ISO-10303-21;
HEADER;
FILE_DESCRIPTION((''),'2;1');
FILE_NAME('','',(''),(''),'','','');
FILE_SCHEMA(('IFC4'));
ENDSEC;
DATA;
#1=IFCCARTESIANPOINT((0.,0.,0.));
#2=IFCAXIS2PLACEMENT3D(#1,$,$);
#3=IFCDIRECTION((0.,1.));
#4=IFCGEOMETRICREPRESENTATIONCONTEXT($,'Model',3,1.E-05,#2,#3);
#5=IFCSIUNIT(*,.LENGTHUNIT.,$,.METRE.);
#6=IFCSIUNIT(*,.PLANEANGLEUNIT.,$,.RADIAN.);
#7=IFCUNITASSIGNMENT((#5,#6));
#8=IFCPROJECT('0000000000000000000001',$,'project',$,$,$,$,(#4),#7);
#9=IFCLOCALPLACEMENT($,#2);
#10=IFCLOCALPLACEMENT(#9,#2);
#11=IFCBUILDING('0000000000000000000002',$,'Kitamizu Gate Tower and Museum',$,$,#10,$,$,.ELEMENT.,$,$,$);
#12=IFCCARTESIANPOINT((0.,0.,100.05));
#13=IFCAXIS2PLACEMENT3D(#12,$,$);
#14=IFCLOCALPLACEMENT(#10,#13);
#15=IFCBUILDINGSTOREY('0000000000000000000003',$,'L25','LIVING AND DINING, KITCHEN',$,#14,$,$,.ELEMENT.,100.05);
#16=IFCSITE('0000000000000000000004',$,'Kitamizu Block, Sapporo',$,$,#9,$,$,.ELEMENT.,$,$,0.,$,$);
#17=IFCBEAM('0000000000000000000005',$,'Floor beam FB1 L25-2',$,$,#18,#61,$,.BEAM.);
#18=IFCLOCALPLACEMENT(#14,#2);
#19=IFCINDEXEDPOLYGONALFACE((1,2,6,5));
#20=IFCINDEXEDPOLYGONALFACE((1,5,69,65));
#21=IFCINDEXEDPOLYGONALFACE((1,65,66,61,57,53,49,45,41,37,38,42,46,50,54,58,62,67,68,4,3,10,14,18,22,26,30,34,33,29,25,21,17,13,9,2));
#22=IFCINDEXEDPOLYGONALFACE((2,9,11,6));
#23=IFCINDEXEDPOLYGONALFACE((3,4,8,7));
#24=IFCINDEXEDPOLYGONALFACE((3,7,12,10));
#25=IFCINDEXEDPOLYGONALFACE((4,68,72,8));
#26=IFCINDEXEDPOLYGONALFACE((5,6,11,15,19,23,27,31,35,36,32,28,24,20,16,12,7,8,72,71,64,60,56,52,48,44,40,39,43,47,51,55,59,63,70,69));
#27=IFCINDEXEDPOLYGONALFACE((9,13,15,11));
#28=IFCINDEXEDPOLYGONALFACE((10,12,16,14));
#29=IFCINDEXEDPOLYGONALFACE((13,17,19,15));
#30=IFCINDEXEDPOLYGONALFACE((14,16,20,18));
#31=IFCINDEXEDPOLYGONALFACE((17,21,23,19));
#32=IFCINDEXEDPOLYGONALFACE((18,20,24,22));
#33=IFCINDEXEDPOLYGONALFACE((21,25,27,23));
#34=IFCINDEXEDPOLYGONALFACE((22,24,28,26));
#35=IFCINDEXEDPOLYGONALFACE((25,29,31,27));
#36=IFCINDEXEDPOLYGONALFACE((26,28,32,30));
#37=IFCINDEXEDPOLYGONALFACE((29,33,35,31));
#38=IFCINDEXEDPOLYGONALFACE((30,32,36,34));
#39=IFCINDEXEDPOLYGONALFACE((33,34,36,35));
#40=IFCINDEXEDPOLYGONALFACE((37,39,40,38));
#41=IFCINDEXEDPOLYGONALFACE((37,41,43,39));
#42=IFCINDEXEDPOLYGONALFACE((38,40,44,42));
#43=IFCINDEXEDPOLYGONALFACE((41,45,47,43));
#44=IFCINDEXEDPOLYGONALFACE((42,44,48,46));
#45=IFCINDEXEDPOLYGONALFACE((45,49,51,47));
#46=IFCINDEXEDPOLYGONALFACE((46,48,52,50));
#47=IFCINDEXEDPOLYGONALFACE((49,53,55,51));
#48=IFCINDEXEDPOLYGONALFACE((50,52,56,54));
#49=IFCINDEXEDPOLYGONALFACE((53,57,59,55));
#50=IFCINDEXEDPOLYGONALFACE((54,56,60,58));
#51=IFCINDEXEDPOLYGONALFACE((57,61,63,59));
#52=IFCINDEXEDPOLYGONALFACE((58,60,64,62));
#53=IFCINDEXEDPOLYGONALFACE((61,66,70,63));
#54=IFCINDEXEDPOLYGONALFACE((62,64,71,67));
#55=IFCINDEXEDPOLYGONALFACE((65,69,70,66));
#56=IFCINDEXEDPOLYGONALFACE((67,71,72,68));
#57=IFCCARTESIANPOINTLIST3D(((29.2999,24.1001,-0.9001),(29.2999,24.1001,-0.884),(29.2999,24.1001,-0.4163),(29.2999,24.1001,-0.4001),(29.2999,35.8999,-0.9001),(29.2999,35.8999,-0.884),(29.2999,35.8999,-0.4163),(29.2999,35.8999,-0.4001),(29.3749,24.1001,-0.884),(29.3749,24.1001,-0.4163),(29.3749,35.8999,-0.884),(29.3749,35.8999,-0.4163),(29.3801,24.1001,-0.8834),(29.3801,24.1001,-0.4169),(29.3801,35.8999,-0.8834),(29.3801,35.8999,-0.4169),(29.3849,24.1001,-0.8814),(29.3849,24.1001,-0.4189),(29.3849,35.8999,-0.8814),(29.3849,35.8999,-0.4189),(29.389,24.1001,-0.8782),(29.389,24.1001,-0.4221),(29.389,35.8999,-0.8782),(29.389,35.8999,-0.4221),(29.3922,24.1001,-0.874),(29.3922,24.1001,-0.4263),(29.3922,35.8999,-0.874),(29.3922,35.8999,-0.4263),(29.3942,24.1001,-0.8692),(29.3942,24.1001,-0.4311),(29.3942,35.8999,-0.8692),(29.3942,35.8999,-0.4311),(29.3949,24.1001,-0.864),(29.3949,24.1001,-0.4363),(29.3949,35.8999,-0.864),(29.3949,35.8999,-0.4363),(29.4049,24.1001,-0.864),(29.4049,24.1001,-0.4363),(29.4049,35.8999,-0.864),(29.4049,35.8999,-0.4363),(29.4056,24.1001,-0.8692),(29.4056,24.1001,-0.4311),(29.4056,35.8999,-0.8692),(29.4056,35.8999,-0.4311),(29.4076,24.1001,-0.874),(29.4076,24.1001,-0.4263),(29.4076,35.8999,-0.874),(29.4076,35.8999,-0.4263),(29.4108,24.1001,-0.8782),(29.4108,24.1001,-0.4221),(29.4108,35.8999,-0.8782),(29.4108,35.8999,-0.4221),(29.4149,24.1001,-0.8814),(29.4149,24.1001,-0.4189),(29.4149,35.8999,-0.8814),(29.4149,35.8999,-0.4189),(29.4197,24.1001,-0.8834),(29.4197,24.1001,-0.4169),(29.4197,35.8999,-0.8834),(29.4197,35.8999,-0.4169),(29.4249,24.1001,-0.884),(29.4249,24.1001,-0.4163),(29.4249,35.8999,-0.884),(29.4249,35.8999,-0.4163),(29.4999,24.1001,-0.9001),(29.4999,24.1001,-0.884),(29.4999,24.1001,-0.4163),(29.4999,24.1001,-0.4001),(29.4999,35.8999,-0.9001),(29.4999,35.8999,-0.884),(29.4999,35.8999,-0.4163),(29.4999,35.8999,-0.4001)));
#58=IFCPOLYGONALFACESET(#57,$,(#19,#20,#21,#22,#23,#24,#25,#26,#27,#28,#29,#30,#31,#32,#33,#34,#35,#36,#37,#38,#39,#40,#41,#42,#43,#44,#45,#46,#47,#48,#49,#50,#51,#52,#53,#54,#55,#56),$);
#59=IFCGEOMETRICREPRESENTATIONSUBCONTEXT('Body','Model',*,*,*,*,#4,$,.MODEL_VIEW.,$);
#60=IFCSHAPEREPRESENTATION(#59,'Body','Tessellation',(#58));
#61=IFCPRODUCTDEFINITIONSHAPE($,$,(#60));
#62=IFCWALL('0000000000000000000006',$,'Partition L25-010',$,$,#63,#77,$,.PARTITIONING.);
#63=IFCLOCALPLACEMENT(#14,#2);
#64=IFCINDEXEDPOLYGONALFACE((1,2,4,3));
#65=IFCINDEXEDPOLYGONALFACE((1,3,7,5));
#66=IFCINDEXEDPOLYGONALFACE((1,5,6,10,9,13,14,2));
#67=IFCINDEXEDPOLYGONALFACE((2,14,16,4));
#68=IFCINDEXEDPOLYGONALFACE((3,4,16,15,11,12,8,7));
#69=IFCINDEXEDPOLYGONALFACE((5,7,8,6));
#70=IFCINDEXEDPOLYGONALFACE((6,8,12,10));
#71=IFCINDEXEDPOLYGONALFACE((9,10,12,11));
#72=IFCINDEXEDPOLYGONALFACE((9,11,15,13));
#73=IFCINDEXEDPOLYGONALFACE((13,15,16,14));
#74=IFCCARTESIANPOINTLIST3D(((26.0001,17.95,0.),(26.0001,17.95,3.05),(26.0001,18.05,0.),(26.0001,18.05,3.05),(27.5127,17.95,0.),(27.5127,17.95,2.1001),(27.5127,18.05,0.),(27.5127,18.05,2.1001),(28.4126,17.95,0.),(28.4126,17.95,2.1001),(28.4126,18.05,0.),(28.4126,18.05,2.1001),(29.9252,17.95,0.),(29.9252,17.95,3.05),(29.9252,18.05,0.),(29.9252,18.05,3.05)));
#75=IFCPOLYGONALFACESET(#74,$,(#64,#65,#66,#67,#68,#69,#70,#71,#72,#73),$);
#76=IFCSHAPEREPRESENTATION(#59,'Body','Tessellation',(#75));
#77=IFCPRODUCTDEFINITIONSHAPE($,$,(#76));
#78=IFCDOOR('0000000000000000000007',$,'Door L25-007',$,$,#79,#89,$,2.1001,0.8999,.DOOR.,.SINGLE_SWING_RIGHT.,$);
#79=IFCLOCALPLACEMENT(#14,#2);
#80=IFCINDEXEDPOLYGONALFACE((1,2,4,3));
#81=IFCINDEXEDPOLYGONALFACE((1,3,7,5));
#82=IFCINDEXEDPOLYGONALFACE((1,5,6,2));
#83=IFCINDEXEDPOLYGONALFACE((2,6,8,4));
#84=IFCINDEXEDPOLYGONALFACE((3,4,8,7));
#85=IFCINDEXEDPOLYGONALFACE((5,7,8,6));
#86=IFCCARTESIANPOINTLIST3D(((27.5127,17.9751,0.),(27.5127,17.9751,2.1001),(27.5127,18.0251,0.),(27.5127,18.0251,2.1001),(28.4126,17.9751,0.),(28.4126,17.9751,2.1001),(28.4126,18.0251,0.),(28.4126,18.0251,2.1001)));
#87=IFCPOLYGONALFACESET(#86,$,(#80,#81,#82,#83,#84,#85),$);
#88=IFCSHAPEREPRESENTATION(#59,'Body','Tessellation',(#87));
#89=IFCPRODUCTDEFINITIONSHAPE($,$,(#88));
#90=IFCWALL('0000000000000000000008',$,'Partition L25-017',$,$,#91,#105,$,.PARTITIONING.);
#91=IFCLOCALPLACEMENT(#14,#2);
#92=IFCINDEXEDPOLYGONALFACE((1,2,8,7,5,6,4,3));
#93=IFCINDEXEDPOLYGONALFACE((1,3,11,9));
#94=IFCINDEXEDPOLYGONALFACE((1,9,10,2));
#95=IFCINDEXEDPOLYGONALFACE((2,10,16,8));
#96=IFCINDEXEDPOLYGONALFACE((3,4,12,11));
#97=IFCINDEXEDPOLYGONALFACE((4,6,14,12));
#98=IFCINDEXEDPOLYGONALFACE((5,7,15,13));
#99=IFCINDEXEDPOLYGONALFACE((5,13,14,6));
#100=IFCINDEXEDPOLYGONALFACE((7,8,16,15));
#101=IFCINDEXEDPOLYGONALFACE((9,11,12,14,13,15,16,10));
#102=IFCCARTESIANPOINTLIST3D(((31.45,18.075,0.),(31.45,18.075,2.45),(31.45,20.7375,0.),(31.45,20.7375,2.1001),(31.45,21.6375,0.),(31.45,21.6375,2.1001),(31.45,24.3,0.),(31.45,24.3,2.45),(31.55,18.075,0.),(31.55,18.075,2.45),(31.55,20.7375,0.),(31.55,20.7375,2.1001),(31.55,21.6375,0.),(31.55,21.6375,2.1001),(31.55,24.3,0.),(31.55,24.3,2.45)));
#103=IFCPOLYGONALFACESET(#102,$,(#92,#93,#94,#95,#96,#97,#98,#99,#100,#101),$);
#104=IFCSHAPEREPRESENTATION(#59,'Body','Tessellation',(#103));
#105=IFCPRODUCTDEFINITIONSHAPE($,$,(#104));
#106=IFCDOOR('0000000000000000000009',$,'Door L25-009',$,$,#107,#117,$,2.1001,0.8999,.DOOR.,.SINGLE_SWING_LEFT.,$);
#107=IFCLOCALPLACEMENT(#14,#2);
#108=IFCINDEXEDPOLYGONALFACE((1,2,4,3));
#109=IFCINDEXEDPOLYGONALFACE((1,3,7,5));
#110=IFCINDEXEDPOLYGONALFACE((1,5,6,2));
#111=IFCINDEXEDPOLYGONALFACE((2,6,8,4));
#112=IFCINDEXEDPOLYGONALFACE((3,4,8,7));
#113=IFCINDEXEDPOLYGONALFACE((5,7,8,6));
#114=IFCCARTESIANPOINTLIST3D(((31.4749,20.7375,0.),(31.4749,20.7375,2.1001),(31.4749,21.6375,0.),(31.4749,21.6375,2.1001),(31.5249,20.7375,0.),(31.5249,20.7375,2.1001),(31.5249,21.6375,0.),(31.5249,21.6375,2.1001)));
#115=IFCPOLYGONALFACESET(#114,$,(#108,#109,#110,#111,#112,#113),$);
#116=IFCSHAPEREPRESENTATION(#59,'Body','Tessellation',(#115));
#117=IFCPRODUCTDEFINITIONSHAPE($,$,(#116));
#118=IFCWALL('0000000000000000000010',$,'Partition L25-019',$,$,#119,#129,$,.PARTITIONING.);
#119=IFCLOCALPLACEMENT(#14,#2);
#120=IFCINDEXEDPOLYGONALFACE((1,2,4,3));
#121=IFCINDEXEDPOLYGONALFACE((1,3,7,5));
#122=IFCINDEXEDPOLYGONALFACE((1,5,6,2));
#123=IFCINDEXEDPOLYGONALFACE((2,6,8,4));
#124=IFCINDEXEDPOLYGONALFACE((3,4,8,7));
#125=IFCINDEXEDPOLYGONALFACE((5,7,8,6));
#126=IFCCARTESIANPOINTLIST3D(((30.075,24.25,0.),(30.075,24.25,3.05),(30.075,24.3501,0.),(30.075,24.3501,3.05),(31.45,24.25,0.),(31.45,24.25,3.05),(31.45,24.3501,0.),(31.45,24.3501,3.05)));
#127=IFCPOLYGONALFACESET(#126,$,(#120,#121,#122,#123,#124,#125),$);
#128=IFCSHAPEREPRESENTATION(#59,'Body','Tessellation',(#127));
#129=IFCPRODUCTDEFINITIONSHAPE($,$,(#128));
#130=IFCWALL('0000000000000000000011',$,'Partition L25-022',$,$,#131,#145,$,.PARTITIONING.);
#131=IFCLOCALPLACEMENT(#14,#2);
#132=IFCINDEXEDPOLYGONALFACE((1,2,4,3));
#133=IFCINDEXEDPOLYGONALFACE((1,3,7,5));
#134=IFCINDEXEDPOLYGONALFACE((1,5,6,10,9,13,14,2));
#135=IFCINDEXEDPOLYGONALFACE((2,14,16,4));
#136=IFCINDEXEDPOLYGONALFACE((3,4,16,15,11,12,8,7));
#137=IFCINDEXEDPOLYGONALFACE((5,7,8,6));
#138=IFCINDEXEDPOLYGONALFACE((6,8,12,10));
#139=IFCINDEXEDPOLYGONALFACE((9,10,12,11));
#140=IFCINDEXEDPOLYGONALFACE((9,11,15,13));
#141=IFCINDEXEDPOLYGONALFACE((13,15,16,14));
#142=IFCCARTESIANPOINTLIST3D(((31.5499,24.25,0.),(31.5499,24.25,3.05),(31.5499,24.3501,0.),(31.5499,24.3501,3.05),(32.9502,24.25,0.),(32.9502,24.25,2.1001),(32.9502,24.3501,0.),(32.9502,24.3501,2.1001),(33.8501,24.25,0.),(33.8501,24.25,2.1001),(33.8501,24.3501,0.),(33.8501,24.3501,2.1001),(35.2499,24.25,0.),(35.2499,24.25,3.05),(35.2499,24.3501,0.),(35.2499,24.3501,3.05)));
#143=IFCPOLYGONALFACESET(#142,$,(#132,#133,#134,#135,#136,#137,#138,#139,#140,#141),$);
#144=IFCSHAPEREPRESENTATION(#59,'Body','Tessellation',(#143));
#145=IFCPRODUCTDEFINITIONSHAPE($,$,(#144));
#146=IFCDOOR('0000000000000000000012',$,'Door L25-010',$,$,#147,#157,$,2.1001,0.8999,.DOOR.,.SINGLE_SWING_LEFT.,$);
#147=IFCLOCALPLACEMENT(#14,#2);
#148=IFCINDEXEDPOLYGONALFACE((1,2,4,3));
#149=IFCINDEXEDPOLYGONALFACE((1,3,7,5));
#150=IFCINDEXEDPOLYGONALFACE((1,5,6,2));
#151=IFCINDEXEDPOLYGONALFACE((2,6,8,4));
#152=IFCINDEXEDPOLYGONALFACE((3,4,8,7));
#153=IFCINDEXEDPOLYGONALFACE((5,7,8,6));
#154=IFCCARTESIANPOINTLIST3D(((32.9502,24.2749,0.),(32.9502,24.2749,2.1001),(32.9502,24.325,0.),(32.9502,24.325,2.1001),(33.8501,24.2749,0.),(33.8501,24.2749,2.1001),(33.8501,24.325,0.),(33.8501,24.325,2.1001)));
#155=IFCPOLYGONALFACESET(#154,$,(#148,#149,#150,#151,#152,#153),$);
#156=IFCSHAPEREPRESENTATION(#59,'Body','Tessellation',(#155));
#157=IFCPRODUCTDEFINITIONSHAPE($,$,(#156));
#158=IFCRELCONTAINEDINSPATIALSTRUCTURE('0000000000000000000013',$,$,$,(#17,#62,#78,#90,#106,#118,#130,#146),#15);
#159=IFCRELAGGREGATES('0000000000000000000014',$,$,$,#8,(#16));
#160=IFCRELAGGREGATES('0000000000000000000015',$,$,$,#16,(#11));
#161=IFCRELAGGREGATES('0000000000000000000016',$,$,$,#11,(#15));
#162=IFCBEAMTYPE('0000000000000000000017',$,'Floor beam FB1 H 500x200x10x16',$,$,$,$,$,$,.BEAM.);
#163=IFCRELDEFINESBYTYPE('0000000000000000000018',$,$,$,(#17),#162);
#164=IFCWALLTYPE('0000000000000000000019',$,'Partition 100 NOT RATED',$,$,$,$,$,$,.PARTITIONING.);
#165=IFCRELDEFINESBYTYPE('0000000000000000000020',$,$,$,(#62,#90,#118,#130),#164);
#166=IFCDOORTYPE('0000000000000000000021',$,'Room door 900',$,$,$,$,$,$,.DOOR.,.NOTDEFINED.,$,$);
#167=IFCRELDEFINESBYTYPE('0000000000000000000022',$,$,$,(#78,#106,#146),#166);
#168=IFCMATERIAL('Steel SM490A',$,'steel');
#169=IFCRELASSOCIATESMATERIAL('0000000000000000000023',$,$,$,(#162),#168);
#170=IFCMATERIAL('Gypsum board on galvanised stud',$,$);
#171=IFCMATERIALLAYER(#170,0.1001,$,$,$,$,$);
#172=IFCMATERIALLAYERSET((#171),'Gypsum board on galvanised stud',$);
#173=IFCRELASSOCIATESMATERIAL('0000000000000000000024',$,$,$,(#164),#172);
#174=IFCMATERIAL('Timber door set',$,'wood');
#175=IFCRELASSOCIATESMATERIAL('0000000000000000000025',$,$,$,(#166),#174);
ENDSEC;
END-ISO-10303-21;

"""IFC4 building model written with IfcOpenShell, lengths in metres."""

from ifc_helpers import new_model, si_unit, direction, frame, frame_2d, origin, origin_2d, place, context, subcontext, project, spatial, rectangle, i_section, extrude, material, layer, layer_set, material_profile, profile_set, type_object, element, fill, save


model = new_model("IFC4")

# Units and contexts
model_context = context("Model", 3, precision=1e-05, world=origin(), true_north=direction((0.0, 1.0)))
body_context = subcontext(model_context, "Body", "Model", "MODEL_VIEW")
ifc_project = project(units=[si_unit("LENGTHUNIT", "METRE"), si_unit("PLANEANGLEUNIT", "RADIAN")], contexts=[model_context])

# Site, building, storey
site_placement = place(None, origin())
site = spatial("IfcSite", under=ifc_project, at=site_placement, Name="Kitamizu Block, Sapporo", CompositionType="ELEMENT", RefElevation=0.0)
building_placement = place(site_placement, origin())
building = spatial("IfcBuilding", under=site, at=building_placement, Name="Kitamizu Gate Tower and Museum", CompositionType="ELEMENT")
storey_placement = place(building_placement, frame((0.0, 0.0, 100.05)))
storey = spatial("IfcBuildingStorey", under=building, at=storey_placement, Name="L25", Description="LIVING AND DINING, KITCHEN", CompositionType="ELEMENT", Elevation=100.05)

# Beam
ifc_material_1 = material(Name="Steel SM490A", Category="steel")
ifc_material_profile = material_profile(ifc_material_1, i_section(OverallWidth=0.2, OverallDepth=0.5, WebThickness=0.01, FlangeThickness=0.0161, FilletRadius=0.02, at=origin_2d()), Name="H-500x200x10x16")
ifc_profile_set = profile_set([ifc_material_profile], Name="Steel SM490A")
beam_type = type_object("IfcBeamType", Name="Floor beam FB1 H 500x200x10x16", PredefinedType="BEAM", material=ifc_profile_set)
beam_placement = place(storey_placement, frame((29.3999, 24.1001, -0.6501), z_axis=(0.0, 1.0, 0.0), x_axis=(-1.0, 0.0, 0.0)))
element("IfcBeam", 1, at=beam_placement, inside=storey, type_object=beam_type, Name="Floor beam FB1 L25-2", PredefinedType="BEAM", context=body_context, shape_type="SweptSolid", body=[
    extrude(i_section(OverallWidth=0.2, OverallDepth=0.5, WebThickness=0.01, FlangeThickness=0.0161, FilletRadius=0.02, at=origin_2d()), origin(), (0.0, 0.0, 1.0), 11.7998),
])

# Walls, openings, doors
ifc_material_2 = material(Name="Gypsum board on galvanised stud")
ifc_layer_1 = layer(ifc_material_2, 0.1001)
ifc_layer_set_1 = layer_set([ifc_layer_1], Name="Gypsum board on galvanised stud")
wall_type_1 = type_object("IfcWallType", Name="Partition 100 NOT RATED", PredefinedType="PARTITIONING", material=ifc_layer_set_1)
wall_1_placement = place(storey_placement, frame((29.925, 18.0, 0.0), z_axis=(0.0, 0.0, 1.0), x_axis=(-1.0, 0.0, 0.0)))
wall_1 = element("IfcWall", 2, at=wall_1_placement, inside=storey, type_object=wall_type_1, Name="Partition L25-010", PredefinedType="PARTITIONING", context=body_context, shape_type="SweptSolid", body=[
    extrude(rectangle(XDim=3.925, YDim=0.1001, at=frame_2d((1.9624, 0.0))), origin(), (0.0, 0.0, 1.0), 3.05),
])
opening_1_placement = place(wall_1_placement, frame((1.5125, 0.0, 0.0)))
opening_1 = element("IfcOpeningElement", 3, at=opening_1_placement, cuts=wall_1, PredefinedType="OPENING", context=body_context, shape_type="SweptSolid", body=[
    extrude(rectangle(XDim=0.8999, YDim=2.1001, at=frame_2d((0.45, 1.05))), frame((0.0, 0.0601, 0.0), z_axis=(0.0, -1.0, 0.0), x_axis=(1.0, 0.0, 0.0)), (0.0, 0.0, 1.0), 0.1201),
])
ifc_material_3 = material(Name="Timber door set", Category="wood")
door_type_1 = type_object("IfcDoorType", Name="Room door 900", OperationType="NOTDEFINED", PredefinedType="DOOR", material=ifc_material_3)
door_1_placement = place(opening_1_placement, origin())
door_1 = element("IfcDoor", 4, at=door_1_placement, inside=storey, type_object=door_type_1, Name="Door L25-007", OperationType="SINGLE_SWING_RIGHT", OverallHeight=2.1001, OverallWidth=0.8999, PredefinedType="DOOR", context=body_context, shape_type="SweptSolid", body=[
    extrude(rectangle(XDim=0.8999, YDim=2.1001, at=frame_2d((0.45, 1.05))), frame((0.0, 0.0249, 0.0), z_axis=(0.0, -1.0, 0.0), x_axis=(1.0, 0.0, 0.0)), (0.0, 0.0, 1.0), 0.05),
])
fill(opening_1, door_1)
wall_2_placement = place(storey_placement, frame((31.5, 18.075, 0.0), z_axis=(0.0, 0.0, 1.0), x_axis=(0.0, 1.0, 0.0)))
wall_2 = element("IfcWall", 5, at=wall_2_placement, inside=storey, type_object=wall_type_1, Name="Partition L25-017", PredefinedType="PARTITIONING", context=body_context, shape_type="SweptSolid", body=[
    extrude(rectangle(XDim=6.2251, YDim=0.1001, at=frame_2d((3.1125, 0.0))), origin(), (0.0, 0.0, 1.0), 2.45),
])
opening_2_placement = place(wall_2_placement, frame((2.6626, 0.0, 0.0)))
opening_2 = element("IfcOpeningElement", 6, at=opening_2_placement, cuts=wall_2, PredefinedType="OPENING", context=body_context, shape_type="SweptSolid", body=[
    extrude(rectangle(XDim=0.8999, YDim=2.1001, at=frame_2d((0.45, 1.05))), frame((0.0, 0.0601, 0.0), z_axis=(0.0, -1.0, 0.0), x_axis=(1.0, 0.0, 0.0)), (0.0, 0.0, 1.0), 0.1201),
])
door_2_placement = place(opening_2_placement, frame((0.8999, 0.0, 0.0), x_axis=(-1.0, 0.0, 0.0)))
door_2 = element("IfcDoor", 7, at=door_2_placement, inside=storey, type_object=door_type_1, Name="Door L25-009", OperationType="SINGLE_SWING_LEFT", OverallHeight=2.1001, OverallWidth=0.8999, PredefinedType="DOOR", context=body_context, shape_type="SweptSolid", body=[
    extrude(rectangle(XDim=0.8999, YDim=2.1001, at=frame_2d((0.45, 1.05))), frame((0.0, 0.0249, 0.0), z_axis=(0.0, -1.0, 0.0), x_axis=(1.0, 0.0, 0.0)), (0.0, 0.0, 1.0), 0.05),
])
fill(opening_2, door_2)

# Wall
wall_3_placement = place(storey_placement, frame((31.45, 24.3, 0.0), z_axis=(0.0, 0.0, 1.0), x_axis=(-1.0, 0.0, 0.0)))
element("IfcWall", 8, at=wall_3_placement, inside=storey, type_object=wall_type_1, Name="Partition L25-019", PredefinedType="PARTITIONING", context=body_context, shape_type="SweptSolid", body=[
    extrude(rectangle(XDim=1.375, YDim=0.1001, at=frame_2d((0.6875, 0.0))), origin(), (0.0, 0.0, 1.0), 3.05),
])

# Wall, opening, door
wall_4_placement = place(storey_placement, frame((35.25, 24.3, 0.0), z_axis=(0.0, 0.0, 1.0), x_axis=(-1.0, 0.0, 0.0)))
wall_4 = element("IfcWall", 9, at=wall_4_placement, inside=storey, type_object=wall_type_1, Name="Partition L25-022", PredefinedType="PARTITIONING", context=body_context, shape_type="SweptSolid", body=[
    extrude(rectangle(XDim=3.7, YDim=0.1001, at=frame_2d((1.8501, 0.0))), origin(), (0.0, 0.0, 1.0), 3.05),
])
opening_3_placement = place(wall_4_placement, frame((1.3999, 0.0, 0.0)))
opening_3 = element("IfcOpeningElement", 10, at=opening_3_placement, cuts=wall_4, PredefinedType="OPENING", context=body_context, shape_type="SweptSolid", body=[
    extrude(rectangle(XDim=0.8999, YDim=2.1001, at=frame_2d((0.45, 1.05))), frame((0.0, 0.0601, 0.0), z_axis=(0.0, -1.0, 0.0), x_axis=(1.0, 0.0, 0.0)), (0.0, 0.0, 1.0), 0.1201),
])
door_3_placement = place(opening_3_placement, frame((0.8999, 0.0, 0.0), x_axis=(-1.0, 0.0, 0.0)))
door_3 = element("IfcDoor", 11, at=door_3_placement, inside=storey, type_object=door_type_1, Name="Door L25-010", OperationType="SINGLE_SWING_LEFT", OverallHeight=2.1001, OverallWidth=0.8999, PredefinedType="DOOR", context=body_context, shape_type="SweptSolid", body=[
    extrude(rectangle(XDim=0.8999, YDim=2.1001, at=frame_2d((0.45, 1.05))), frame((0.0, 0.0249, 0.0), z_axis=(0.0, -1.0, 0.0), x_axis=(1.0, 0.0, 0.0)), (0.0, 0.0, 1.0), 0.05),
])
fill(opening_3, door_3)

save(model, "model.ifc")
